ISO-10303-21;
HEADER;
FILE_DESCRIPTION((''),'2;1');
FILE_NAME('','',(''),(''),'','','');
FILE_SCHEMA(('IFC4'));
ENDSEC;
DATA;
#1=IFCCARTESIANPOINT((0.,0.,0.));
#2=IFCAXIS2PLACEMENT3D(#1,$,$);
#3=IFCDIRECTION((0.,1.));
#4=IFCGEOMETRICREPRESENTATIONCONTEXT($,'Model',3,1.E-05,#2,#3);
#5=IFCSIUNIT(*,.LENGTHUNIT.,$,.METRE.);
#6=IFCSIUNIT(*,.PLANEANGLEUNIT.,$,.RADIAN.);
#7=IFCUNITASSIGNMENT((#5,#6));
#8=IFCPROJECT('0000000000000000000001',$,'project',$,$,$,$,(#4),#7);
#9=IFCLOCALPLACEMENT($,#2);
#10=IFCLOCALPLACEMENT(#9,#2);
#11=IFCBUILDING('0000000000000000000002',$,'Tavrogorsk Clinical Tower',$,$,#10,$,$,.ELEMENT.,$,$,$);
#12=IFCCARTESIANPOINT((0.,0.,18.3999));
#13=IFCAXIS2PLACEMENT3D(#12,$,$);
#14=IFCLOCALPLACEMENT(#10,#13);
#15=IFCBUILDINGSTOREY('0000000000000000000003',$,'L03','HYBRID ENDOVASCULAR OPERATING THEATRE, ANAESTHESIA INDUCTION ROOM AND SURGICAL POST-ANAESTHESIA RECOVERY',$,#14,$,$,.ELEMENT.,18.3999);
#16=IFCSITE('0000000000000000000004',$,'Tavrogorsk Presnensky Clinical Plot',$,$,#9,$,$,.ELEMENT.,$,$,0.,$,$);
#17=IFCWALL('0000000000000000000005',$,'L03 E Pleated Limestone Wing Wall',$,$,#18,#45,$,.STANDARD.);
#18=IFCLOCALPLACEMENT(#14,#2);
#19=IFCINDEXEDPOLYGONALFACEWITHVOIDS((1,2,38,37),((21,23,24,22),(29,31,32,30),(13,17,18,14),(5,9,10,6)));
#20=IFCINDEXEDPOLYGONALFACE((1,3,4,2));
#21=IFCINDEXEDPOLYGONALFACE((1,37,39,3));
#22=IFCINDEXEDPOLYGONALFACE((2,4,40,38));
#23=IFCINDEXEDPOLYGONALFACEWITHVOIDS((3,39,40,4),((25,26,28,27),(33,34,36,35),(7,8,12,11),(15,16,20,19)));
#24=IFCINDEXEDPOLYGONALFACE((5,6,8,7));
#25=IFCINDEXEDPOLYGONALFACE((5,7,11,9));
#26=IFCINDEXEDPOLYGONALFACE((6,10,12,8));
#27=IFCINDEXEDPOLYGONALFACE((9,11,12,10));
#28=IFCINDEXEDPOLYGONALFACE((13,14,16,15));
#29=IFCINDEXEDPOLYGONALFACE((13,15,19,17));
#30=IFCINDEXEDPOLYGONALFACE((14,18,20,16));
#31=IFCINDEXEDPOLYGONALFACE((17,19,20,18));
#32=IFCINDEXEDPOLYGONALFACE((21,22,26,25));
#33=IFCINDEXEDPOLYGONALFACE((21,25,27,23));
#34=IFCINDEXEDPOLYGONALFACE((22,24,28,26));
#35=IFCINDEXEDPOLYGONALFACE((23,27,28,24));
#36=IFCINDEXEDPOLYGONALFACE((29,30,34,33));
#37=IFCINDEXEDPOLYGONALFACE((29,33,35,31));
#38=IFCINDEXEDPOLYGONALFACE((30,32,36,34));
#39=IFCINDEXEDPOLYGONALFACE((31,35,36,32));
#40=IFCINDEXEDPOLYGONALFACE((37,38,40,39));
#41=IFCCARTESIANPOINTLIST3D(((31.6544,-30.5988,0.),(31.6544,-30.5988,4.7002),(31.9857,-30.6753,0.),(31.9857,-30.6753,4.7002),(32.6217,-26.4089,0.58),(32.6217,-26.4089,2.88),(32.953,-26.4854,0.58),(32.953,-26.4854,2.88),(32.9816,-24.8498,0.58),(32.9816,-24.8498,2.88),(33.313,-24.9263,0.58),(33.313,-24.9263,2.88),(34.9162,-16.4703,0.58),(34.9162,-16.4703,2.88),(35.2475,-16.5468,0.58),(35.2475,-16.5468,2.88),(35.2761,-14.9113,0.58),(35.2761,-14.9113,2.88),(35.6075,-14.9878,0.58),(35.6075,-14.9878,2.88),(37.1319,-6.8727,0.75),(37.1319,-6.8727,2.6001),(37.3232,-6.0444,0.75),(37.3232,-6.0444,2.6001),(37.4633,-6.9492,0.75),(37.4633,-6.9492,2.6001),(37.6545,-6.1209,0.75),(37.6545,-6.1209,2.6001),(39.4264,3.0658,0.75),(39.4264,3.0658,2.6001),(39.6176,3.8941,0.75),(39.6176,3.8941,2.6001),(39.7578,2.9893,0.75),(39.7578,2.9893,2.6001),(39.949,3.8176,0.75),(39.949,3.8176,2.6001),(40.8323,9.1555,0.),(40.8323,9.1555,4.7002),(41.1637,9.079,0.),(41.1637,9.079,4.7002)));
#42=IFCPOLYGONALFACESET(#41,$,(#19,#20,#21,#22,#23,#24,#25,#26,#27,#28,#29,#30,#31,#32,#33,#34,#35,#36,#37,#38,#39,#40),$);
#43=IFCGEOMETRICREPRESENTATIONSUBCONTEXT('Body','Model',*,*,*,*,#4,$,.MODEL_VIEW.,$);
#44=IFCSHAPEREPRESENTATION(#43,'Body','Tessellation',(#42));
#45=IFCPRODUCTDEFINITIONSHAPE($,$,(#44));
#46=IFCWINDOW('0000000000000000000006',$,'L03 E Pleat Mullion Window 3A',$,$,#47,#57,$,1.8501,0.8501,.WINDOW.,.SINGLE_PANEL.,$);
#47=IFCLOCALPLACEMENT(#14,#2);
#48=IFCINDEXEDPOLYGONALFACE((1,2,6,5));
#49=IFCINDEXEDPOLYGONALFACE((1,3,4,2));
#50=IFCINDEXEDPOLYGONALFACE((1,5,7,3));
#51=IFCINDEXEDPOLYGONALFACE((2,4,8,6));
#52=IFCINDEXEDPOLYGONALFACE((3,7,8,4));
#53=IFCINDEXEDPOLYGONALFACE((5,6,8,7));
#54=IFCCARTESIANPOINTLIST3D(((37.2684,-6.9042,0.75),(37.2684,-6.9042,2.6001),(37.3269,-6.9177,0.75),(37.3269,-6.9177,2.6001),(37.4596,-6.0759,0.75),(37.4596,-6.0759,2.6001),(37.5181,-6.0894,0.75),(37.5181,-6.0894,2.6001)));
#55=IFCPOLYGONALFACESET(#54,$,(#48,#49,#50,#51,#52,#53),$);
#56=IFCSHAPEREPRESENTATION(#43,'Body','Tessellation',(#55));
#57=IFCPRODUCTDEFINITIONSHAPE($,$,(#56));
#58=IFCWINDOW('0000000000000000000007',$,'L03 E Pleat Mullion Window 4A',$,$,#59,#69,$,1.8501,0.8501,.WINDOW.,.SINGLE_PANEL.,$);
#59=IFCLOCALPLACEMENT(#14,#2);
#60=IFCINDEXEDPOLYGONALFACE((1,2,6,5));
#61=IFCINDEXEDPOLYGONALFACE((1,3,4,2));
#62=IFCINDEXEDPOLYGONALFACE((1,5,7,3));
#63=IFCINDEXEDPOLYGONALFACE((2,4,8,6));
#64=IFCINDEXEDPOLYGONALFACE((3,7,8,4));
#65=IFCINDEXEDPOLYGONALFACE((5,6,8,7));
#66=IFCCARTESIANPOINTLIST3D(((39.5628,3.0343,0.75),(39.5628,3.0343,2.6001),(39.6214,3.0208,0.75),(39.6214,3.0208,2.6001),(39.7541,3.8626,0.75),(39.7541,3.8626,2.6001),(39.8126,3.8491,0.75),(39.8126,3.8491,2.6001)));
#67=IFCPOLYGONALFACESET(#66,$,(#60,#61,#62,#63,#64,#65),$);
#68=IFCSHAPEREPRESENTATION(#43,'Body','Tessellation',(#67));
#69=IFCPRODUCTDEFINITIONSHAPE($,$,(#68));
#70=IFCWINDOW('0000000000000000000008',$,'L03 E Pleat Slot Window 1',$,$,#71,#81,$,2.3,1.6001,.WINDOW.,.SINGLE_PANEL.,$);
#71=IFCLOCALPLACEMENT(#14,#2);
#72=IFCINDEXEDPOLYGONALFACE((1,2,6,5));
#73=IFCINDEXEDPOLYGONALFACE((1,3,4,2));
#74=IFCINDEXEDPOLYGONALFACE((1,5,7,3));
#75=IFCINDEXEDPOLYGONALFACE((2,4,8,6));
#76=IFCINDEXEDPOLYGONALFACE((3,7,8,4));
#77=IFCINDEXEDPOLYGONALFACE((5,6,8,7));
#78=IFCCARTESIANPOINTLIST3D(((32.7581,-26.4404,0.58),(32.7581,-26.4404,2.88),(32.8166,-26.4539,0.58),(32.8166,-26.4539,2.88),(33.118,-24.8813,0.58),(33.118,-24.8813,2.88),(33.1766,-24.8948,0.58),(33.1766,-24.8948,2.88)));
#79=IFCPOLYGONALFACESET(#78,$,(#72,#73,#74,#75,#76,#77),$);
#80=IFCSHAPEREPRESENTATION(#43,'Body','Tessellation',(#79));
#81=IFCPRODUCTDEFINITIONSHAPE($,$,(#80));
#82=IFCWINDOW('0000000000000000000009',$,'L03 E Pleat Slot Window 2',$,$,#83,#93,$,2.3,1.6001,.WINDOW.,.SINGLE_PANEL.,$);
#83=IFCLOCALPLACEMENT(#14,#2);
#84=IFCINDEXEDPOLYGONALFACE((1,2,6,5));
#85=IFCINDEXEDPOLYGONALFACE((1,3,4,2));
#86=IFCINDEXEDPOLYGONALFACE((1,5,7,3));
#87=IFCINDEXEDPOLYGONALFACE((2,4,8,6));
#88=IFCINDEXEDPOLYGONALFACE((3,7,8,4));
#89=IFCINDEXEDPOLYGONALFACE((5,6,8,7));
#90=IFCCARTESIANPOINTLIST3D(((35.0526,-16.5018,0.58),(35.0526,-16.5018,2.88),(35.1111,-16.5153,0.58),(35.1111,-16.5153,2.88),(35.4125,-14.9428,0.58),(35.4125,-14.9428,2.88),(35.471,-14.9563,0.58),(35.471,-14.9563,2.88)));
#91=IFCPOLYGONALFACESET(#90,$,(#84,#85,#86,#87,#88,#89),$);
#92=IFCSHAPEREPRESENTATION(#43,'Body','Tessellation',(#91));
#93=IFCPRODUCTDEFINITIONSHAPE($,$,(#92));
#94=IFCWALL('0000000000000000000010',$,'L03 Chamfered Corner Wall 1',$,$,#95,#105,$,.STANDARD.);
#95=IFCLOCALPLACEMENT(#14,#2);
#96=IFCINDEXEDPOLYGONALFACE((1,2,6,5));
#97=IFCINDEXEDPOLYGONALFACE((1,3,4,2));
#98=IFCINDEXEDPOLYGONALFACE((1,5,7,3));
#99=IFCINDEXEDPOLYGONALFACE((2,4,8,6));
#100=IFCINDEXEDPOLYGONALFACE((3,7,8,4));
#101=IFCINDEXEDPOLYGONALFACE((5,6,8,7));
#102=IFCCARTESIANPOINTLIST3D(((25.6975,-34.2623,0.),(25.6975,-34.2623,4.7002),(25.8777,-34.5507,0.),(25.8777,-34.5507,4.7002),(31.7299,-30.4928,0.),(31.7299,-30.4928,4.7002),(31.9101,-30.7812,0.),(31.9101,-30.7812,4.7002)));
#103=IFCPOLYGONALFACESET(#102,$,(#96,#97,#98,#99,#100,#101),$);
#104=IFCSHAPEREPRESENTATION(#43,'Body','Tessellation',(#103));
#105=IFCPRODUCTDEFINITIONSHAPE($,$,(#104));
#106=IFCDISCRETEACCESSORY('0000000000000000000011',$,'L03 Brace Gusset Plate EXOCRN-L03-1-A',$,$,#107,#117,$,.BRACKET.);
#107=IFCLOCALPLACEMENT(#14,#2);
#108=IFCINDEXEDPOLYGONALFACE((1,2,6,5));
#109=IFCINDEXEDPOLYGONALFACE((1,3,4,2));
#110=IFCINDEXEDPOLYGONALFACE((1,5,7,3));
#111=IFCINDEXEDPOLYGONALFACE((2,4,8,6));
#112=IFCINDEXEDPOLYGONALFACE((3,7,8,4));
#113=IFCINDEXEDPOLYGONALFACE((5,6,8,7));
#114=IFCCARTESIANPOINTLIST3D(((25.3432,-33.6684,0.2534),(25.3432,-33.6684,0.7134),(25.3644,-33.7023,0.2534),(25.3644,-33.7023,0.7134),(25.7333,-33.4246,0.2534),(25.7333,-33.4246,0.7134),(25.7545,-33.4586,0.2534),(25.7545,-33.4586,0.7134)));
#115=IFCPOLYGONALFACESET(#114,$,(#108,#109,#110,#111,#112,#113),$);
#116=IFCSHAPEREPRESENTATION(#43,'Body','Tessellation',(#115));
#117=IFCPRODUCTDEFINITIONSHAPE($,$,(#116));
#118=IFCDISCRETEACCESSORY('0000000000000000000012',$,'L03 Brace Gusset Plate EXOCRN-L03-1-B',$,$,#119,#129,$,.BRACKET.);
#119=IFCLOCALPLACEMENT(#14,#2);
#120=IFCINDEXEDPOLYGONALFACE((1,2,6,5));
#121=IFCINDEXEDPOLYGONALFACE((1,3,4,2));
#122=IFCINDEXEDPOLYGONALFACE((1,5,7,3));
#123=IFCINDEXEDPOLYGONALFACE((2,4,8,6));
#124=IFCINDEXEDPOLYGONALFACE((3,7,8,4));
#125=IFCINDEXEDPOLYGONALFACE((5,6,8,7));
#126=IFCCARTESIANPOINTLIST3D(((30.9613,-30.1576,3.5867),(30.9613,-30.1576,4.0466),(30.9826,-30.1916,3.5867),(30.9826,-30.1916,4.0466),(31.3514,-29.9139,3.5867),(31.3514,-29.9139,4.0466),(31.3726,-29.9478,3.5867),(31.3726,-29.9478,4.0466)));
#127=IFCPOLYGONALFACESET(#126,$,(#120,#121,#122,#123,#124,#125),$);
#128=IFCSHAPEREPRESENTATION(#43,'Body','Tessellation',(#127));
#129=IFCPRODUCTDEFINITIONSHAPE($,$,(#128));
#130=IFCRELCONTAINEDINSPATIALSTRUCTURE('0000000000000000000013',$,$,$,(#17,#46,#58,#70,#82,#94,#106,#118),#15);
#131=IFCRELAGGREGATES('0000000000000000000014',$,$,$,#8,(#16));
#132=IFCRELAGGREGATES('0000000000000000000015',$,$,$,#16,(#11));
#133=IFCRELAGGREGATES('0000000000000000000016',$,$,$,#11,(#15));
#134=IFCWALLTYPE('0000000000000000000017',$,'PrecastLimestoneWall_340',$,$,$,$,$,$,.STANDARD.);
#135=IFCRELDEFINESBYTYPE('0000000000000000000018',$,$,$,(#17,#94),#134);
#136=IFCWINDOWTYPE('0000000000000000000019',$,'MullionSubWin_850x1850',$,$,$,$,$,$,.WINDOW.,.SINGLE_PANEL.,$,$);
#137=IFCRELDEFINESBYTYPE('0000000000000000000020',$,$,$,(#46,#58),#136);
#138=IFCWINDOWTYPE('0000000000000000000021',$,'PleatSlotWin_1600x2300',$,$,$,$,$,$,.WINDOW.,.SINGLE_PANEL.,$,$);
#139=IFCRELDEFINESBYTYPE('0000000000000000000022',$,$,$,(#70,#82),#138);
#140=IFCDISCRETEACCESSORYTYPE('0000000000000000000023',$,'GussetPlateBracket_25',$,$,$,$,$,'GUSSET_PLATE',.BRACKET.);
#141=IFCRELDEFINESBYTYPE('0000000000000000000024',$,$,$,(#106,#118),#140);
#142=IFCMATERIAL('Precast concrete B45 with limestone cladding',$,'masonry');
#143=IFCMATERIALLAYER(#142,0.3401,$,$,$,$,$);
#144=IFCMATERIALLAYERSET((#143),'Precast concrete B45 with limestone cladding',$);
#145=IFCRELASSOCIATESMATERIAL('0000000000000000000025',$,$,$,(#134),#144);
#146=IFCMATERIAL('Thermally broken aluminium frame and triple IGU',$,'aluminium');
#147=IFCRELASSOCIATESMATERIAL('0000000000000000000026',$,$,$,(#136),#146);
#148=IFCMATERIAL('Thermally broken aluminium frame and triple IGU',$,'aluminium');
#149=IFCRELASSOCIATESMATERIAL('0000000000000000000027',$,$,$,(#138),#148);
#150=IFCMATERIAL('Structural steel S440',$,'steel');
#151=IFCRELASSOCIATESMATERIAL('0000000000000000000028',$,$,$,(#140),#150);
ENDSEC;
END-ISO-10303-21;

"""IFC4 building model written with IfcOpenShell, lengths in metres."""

from ifc_helpers import new_model, si_unit, direction, frame, frame_2d, origin, origin_2d, place, context, subcontext, project, spatial, rectangle, extrude, material, layer, layer_set, type_object, element, fill, save


model = new_model("IFC4")

# Units and contexts
model_context = context("Model", 3, precision=1e-05, world=origin(), true_north=direction((0.0, 1.0)))
body_context = subcontext(model_context, "Body", "Model", "MODEL_VIEW")
ifc_project = project(units=[si_unit("LENGTHUNIT", "METRE"), si_unit("PLANEANGLEUNIT", "RADIAN")], contexts=[model_context])

# Site, building, storey
site_placement = place(None, origin())
site = spatial("IfcSite", under=ifc_project, at=site_placement, Name="Tavrogorsk Presnensky Clinical Plot", CompositionType="ELEMENT", RefElevation=0.0)
building_placement = place(site_placement, origin())
building = spatial("IfcBuilding", under=site, at=building_placement, Name="Tavrogorsk Clinical Tower", CompositionType="ELEMENT")
storey_placement = place(building_placement, frame((0.0, 0.0, 18.3999)))
storey = spatial("IfcBuildingStorey", under=building, at=storey_placement, Name="L03", Description="HYBRID ENDOVASCULAR OPERATING THEATRE, ANAESTHESIA INDUCTION ROOM AND SURGICAL POST-ANAESTHESIA RECOVERY", CompositionType="ELEMENT", Elevation=18.3999)

# Wall, openings, windows
ifc_material_1 = material(Name="Precast concrete B45 with limestone cladding", Category="masonry")
ifc_layer_1 = layer(ifc_material_1, 0.3401)
ifc_layer_set_1 = layer_set([ifc_layer_1], Name="Precast concrete B45 with limestone cladding")
wall_type_1 = type_object("IfcWallType", Name="PrecastLimestoneWall_340", PredefinedType="STANDARD", material=ifc_layer_set_1)
wall_1_placement = place(storey_placement, frame((31.8201, -30.637, 0.0), z_axis=(0.0, 0.0, 1.0), x_axis=(0.22495, 0.97437, 0.0)))
wall_1 = element("IfcWall", 1, at=wall_1_placement, inside=storey, type_object=wall_type_1, Name="L03 E Pleated Limestone Wing Wall", PredefinedType="STANDARD", context=body_context, shape_type="SweptSolid", body=[
    extrude(rectangle(XDim=40.8, YDim=0.3401, at=frame_2d((20.3999, 0.0))), origin(), (0.0, 0.0, 1.0), 4.7002),
])
opening_1_placement = place(wall_1_placement, frame((4.3, 0.0, 0.5801)))
opening_1 = element("IfcOpeningElement", 2, at=opening_1_placement, cuts=wall_1, PredefinedType="OPENING", context=body_context, shape_type="SweptSolid", body=[
    extrude(rectangle(XDim=1.6001, YDim=2.3, at=frame_2d((0.8, 1.1499))), frame((0.0, 0.1799, 0.0), z_axis=(0.0, -1.0, 0.0), x_axis=(1.0, 0.0, 0.0)), (0.0, 0.0, 1.0), 0.3601),
])
opening_2_placement = place(wall_1_placement, frame((14.5, 0.0, 0.5801)))
opening_2 = element("IfcOpeningElement", 3, at=opening_2_placement, cuts=wall_1, PredefinedType="OPENING", context=body_context, shape_type="SweptSolid", body=[
    extrude(rectangle(XDim=1.6001, YDim=2.3, at=frame_2d((0.8, 1.1499))), frame((0.0, 0.1799, 0.0), z_axis=(0.0, -1.0, 0.0), x_axis=(1.0, 0.0, 0.0)), (0.0, 0.0, 1.0), 0.3601),
])
opening_3_placement = place(wall_1_placement, frame((24.3501, 0.0, 0.75)))
opening_3 = element("IfcOpeningElement", 4, at=opening_3_placement, cuts=wall_1, PredefinedType="OPENING", context=body_context, shape_type="SweptSolid", body=[
    extrude(rectangle(XDim=0.8501, YDim=1.8501, at=frame_2d((0.425, 0.925))), frame((0.0, 0.1799, 0.0), z_axis=(0.0, -1.0, 0.0), x_axis=(1.0, 0.0, 0.0)), (0.0, 0.0, 1.0), 0.3601),
])
opening_4_placement = place(wall_1_placement, frame((34.55, 0.0, 0.75)))
opening_4 = element("IfcOpeningElement", 5, at=opening_4_placement, cuts=wall_1, PredefinedType="OPENING", context=body_context, shape_type="SweptSolid", body=[
    extrude(rectangle(XDim=0.8501, YDim=1.8501, at=frame_2d((0.425, 0.925))), frame((0.0, 0.1799, 0.0), z_axis=(0.0, -1.0, 0.0), x_axis=(1.0, 0.0, 0.0)), (0.0, 0.0, 1.0), 0.3601),
])
ifc_material_2 = material(Name="Thermally broken aluminium frame and triple IGU", Category="aluminium")
window_type_1 = type_object("IfcWindowType", Name="MullionSubWin_850x1850", PartitioningType="SINGLE_PANEL", PredefinedType="WINDOW", material=ifc_material_2)
window_1_placement = place(opening_3_placement, origin())
window_1 = element("IfcWindow", 6, at=window_1_placement, inside=storey, type_object=window_type_1, Name="L03 E Pleat Mullion Window 3A", OverallHeight=1.8501, OverallWidth=0.8501, PartitioningType="SINGLE_PANEL", PredefinedType="WINDOW", context=body_context, shape_type="SweptSolid", body=[
    extrude(rectangle(XDim=0.8501, YDim=1.8501, at=frame_2d((0.425, 0.925))), frame((0.0, 0.03, 0.0), z_axis=(0.0, -1.0, 0.0), x_axis=(1.0, 0.0, 0.0)), (0.0, 0.0, 1.0), 0.0601),
])
fill(opening_3, window_1)
window_2_placement = place(opening_4_placement, origin())
window_2 = element("IfcWindow", 7, at=window_2_placement, inside=storey, type_object=window_type_1, Name="L03 E Pleat Mullion Window 4A", OverallHeight=1.8501, OverallWidth=0.8501, PartitioningType="SINGLE_PANEL", PredefinedType="WINDOW", context=body_context, shape_type="SweptSolid", body=[
    extrude(rectangle(XDim=0.8501, YDim=1.8501, at=frame_2d((0.425, 0.925))), frame((0.0, 0.03, 0.0), z_axis=(0.0, -1.0, 0.0), x_axis=(1.0, 0.0, 0.0)), (0.0, 0.0, 1.0), 0.0601),
])
fill(opening_4, window_2)
ifc_material_3 = material(Name="Thermally broken aluminium frame and triple IGU", Category="aluminium")
window_type_2 = type_object("IfcWindowType", Name="PleatSlotWin_1600x2300", PartitioningType="SINGLE_PANEL", PredefinedType="WINDOW", material=ifc_material_3)
window_3_placement = place(opening_1_placement, origin())
window_3 = element("IfcWindow", 8, at=window_3_placement, inside=storey, type_object=window_type_2, Name="L03 E Pleat Slot Window 1", OverallHeight=2.3, OverallWidth=1.6001, PartitioningType="SINGLE_PANEL", PredefinedType="WINDOW", context=body_context, shape_type="SweptSolid", body=[
    extrude(rectangle(XDim=1.6001, YDim=2.3, at=frame_2d((0.8, 1.1499))), frame((0.0, 0.03, 0.0), z_axis=(0.0, -1.0, 0.0), x_axis=(1.0, 0.0, 0.0)), (0.0, 0.0, 1.0), 0.0601),
])
fill(opening_1, window_3)
window_4_placement = place(opening_2_placement, origin())
window_4 = element("IfcWindow", 9, at=window_4_placement, inside=storey, type_object=window_type_2, Name="L03 E Pleat Slot Window 2", OverallHeight=2.3, OverallWidth=1.6001, PartitioningType="SINGLE_PANEL", PredefinedType="WINDOW", context=body_context, shape_type="SweptSolid", body=[
    extrude(rectangle(XDim=1.6001, YDim=2.3, at=frame_2d((0.8, 1.1499))), frame((0.0, 0.03, 0.0), z_axis=(0.0, -1.0, 0.0), x_axis=(1.0, 0.0, 0.0)), (0.0, 0.0, 1.0), 0.0601),
])
fill(opening_2, window_4)

# Wall
wall_2_placement = place(storey_placement, frame((25.7876, -34.4065, 0.0), z_axis=(0.0, 0.0, 1.0), x_axis=(0.848047, 0.529922, 0.0)))
element("IfcWall", 10, at=wall_2_placement, inside=storey, type_object=wall_type_1, Name="L03 Chamfered Corner Wall 1", PredefinedType="STANDARD", context=body_context, shape_type="SweptSolid", body=[
    extrude(rectangle(XDim=7.1133, YDim=0.3401, at=frame_2d((3.5566, 0.0))), origin(), (0.0, 0.0, 1.0), 4.7002),
])

# Discrete accessories
ifc_material_4 = material(Name="Structural steel S440", Category="steel")
discrete_accessory_type = type_object("IfcDiscreteAccessoryType", Name="GussetPlateBracket_25", ElementType="GUSSET_PLATE", PredefinedType="BRACKET", material=ifc_material_4)
for number, where, z_axis, x_axis, name in (
    (11, (25.5488, -33.5635, 0.2534), (0.0, 0.0, 1.0), (0.848048, 0.529919, 0.0), "L03 Brace Gusset Plate EXOCRN-L03-1-A"),
    (12, (31.167, -30.0527, 3.5867), (0.0, 0.0, 1.0), (0.848048, 0.529919, 0.0), "L03 Brace Gusset Plate EXOCRN-L03-1-B"),
):
    element("IfcDiscreteAccessory", number, at=place(storey_placement, frame(where, z_axis=z_axis, x_axis=x_axis)), inside=storey, type_object=discrete_accessory_type, Name=name, PredefinedType="BRACKET", context=body_context, shape_type="SweptSolid", body=[
        extrude(rectangle(XDim=0.46, YDim=0.04, at=origin_2d()), origin(), (0.0, 0.0, 1.0), 0.46),
    ])

save(model, "model.ifc")
